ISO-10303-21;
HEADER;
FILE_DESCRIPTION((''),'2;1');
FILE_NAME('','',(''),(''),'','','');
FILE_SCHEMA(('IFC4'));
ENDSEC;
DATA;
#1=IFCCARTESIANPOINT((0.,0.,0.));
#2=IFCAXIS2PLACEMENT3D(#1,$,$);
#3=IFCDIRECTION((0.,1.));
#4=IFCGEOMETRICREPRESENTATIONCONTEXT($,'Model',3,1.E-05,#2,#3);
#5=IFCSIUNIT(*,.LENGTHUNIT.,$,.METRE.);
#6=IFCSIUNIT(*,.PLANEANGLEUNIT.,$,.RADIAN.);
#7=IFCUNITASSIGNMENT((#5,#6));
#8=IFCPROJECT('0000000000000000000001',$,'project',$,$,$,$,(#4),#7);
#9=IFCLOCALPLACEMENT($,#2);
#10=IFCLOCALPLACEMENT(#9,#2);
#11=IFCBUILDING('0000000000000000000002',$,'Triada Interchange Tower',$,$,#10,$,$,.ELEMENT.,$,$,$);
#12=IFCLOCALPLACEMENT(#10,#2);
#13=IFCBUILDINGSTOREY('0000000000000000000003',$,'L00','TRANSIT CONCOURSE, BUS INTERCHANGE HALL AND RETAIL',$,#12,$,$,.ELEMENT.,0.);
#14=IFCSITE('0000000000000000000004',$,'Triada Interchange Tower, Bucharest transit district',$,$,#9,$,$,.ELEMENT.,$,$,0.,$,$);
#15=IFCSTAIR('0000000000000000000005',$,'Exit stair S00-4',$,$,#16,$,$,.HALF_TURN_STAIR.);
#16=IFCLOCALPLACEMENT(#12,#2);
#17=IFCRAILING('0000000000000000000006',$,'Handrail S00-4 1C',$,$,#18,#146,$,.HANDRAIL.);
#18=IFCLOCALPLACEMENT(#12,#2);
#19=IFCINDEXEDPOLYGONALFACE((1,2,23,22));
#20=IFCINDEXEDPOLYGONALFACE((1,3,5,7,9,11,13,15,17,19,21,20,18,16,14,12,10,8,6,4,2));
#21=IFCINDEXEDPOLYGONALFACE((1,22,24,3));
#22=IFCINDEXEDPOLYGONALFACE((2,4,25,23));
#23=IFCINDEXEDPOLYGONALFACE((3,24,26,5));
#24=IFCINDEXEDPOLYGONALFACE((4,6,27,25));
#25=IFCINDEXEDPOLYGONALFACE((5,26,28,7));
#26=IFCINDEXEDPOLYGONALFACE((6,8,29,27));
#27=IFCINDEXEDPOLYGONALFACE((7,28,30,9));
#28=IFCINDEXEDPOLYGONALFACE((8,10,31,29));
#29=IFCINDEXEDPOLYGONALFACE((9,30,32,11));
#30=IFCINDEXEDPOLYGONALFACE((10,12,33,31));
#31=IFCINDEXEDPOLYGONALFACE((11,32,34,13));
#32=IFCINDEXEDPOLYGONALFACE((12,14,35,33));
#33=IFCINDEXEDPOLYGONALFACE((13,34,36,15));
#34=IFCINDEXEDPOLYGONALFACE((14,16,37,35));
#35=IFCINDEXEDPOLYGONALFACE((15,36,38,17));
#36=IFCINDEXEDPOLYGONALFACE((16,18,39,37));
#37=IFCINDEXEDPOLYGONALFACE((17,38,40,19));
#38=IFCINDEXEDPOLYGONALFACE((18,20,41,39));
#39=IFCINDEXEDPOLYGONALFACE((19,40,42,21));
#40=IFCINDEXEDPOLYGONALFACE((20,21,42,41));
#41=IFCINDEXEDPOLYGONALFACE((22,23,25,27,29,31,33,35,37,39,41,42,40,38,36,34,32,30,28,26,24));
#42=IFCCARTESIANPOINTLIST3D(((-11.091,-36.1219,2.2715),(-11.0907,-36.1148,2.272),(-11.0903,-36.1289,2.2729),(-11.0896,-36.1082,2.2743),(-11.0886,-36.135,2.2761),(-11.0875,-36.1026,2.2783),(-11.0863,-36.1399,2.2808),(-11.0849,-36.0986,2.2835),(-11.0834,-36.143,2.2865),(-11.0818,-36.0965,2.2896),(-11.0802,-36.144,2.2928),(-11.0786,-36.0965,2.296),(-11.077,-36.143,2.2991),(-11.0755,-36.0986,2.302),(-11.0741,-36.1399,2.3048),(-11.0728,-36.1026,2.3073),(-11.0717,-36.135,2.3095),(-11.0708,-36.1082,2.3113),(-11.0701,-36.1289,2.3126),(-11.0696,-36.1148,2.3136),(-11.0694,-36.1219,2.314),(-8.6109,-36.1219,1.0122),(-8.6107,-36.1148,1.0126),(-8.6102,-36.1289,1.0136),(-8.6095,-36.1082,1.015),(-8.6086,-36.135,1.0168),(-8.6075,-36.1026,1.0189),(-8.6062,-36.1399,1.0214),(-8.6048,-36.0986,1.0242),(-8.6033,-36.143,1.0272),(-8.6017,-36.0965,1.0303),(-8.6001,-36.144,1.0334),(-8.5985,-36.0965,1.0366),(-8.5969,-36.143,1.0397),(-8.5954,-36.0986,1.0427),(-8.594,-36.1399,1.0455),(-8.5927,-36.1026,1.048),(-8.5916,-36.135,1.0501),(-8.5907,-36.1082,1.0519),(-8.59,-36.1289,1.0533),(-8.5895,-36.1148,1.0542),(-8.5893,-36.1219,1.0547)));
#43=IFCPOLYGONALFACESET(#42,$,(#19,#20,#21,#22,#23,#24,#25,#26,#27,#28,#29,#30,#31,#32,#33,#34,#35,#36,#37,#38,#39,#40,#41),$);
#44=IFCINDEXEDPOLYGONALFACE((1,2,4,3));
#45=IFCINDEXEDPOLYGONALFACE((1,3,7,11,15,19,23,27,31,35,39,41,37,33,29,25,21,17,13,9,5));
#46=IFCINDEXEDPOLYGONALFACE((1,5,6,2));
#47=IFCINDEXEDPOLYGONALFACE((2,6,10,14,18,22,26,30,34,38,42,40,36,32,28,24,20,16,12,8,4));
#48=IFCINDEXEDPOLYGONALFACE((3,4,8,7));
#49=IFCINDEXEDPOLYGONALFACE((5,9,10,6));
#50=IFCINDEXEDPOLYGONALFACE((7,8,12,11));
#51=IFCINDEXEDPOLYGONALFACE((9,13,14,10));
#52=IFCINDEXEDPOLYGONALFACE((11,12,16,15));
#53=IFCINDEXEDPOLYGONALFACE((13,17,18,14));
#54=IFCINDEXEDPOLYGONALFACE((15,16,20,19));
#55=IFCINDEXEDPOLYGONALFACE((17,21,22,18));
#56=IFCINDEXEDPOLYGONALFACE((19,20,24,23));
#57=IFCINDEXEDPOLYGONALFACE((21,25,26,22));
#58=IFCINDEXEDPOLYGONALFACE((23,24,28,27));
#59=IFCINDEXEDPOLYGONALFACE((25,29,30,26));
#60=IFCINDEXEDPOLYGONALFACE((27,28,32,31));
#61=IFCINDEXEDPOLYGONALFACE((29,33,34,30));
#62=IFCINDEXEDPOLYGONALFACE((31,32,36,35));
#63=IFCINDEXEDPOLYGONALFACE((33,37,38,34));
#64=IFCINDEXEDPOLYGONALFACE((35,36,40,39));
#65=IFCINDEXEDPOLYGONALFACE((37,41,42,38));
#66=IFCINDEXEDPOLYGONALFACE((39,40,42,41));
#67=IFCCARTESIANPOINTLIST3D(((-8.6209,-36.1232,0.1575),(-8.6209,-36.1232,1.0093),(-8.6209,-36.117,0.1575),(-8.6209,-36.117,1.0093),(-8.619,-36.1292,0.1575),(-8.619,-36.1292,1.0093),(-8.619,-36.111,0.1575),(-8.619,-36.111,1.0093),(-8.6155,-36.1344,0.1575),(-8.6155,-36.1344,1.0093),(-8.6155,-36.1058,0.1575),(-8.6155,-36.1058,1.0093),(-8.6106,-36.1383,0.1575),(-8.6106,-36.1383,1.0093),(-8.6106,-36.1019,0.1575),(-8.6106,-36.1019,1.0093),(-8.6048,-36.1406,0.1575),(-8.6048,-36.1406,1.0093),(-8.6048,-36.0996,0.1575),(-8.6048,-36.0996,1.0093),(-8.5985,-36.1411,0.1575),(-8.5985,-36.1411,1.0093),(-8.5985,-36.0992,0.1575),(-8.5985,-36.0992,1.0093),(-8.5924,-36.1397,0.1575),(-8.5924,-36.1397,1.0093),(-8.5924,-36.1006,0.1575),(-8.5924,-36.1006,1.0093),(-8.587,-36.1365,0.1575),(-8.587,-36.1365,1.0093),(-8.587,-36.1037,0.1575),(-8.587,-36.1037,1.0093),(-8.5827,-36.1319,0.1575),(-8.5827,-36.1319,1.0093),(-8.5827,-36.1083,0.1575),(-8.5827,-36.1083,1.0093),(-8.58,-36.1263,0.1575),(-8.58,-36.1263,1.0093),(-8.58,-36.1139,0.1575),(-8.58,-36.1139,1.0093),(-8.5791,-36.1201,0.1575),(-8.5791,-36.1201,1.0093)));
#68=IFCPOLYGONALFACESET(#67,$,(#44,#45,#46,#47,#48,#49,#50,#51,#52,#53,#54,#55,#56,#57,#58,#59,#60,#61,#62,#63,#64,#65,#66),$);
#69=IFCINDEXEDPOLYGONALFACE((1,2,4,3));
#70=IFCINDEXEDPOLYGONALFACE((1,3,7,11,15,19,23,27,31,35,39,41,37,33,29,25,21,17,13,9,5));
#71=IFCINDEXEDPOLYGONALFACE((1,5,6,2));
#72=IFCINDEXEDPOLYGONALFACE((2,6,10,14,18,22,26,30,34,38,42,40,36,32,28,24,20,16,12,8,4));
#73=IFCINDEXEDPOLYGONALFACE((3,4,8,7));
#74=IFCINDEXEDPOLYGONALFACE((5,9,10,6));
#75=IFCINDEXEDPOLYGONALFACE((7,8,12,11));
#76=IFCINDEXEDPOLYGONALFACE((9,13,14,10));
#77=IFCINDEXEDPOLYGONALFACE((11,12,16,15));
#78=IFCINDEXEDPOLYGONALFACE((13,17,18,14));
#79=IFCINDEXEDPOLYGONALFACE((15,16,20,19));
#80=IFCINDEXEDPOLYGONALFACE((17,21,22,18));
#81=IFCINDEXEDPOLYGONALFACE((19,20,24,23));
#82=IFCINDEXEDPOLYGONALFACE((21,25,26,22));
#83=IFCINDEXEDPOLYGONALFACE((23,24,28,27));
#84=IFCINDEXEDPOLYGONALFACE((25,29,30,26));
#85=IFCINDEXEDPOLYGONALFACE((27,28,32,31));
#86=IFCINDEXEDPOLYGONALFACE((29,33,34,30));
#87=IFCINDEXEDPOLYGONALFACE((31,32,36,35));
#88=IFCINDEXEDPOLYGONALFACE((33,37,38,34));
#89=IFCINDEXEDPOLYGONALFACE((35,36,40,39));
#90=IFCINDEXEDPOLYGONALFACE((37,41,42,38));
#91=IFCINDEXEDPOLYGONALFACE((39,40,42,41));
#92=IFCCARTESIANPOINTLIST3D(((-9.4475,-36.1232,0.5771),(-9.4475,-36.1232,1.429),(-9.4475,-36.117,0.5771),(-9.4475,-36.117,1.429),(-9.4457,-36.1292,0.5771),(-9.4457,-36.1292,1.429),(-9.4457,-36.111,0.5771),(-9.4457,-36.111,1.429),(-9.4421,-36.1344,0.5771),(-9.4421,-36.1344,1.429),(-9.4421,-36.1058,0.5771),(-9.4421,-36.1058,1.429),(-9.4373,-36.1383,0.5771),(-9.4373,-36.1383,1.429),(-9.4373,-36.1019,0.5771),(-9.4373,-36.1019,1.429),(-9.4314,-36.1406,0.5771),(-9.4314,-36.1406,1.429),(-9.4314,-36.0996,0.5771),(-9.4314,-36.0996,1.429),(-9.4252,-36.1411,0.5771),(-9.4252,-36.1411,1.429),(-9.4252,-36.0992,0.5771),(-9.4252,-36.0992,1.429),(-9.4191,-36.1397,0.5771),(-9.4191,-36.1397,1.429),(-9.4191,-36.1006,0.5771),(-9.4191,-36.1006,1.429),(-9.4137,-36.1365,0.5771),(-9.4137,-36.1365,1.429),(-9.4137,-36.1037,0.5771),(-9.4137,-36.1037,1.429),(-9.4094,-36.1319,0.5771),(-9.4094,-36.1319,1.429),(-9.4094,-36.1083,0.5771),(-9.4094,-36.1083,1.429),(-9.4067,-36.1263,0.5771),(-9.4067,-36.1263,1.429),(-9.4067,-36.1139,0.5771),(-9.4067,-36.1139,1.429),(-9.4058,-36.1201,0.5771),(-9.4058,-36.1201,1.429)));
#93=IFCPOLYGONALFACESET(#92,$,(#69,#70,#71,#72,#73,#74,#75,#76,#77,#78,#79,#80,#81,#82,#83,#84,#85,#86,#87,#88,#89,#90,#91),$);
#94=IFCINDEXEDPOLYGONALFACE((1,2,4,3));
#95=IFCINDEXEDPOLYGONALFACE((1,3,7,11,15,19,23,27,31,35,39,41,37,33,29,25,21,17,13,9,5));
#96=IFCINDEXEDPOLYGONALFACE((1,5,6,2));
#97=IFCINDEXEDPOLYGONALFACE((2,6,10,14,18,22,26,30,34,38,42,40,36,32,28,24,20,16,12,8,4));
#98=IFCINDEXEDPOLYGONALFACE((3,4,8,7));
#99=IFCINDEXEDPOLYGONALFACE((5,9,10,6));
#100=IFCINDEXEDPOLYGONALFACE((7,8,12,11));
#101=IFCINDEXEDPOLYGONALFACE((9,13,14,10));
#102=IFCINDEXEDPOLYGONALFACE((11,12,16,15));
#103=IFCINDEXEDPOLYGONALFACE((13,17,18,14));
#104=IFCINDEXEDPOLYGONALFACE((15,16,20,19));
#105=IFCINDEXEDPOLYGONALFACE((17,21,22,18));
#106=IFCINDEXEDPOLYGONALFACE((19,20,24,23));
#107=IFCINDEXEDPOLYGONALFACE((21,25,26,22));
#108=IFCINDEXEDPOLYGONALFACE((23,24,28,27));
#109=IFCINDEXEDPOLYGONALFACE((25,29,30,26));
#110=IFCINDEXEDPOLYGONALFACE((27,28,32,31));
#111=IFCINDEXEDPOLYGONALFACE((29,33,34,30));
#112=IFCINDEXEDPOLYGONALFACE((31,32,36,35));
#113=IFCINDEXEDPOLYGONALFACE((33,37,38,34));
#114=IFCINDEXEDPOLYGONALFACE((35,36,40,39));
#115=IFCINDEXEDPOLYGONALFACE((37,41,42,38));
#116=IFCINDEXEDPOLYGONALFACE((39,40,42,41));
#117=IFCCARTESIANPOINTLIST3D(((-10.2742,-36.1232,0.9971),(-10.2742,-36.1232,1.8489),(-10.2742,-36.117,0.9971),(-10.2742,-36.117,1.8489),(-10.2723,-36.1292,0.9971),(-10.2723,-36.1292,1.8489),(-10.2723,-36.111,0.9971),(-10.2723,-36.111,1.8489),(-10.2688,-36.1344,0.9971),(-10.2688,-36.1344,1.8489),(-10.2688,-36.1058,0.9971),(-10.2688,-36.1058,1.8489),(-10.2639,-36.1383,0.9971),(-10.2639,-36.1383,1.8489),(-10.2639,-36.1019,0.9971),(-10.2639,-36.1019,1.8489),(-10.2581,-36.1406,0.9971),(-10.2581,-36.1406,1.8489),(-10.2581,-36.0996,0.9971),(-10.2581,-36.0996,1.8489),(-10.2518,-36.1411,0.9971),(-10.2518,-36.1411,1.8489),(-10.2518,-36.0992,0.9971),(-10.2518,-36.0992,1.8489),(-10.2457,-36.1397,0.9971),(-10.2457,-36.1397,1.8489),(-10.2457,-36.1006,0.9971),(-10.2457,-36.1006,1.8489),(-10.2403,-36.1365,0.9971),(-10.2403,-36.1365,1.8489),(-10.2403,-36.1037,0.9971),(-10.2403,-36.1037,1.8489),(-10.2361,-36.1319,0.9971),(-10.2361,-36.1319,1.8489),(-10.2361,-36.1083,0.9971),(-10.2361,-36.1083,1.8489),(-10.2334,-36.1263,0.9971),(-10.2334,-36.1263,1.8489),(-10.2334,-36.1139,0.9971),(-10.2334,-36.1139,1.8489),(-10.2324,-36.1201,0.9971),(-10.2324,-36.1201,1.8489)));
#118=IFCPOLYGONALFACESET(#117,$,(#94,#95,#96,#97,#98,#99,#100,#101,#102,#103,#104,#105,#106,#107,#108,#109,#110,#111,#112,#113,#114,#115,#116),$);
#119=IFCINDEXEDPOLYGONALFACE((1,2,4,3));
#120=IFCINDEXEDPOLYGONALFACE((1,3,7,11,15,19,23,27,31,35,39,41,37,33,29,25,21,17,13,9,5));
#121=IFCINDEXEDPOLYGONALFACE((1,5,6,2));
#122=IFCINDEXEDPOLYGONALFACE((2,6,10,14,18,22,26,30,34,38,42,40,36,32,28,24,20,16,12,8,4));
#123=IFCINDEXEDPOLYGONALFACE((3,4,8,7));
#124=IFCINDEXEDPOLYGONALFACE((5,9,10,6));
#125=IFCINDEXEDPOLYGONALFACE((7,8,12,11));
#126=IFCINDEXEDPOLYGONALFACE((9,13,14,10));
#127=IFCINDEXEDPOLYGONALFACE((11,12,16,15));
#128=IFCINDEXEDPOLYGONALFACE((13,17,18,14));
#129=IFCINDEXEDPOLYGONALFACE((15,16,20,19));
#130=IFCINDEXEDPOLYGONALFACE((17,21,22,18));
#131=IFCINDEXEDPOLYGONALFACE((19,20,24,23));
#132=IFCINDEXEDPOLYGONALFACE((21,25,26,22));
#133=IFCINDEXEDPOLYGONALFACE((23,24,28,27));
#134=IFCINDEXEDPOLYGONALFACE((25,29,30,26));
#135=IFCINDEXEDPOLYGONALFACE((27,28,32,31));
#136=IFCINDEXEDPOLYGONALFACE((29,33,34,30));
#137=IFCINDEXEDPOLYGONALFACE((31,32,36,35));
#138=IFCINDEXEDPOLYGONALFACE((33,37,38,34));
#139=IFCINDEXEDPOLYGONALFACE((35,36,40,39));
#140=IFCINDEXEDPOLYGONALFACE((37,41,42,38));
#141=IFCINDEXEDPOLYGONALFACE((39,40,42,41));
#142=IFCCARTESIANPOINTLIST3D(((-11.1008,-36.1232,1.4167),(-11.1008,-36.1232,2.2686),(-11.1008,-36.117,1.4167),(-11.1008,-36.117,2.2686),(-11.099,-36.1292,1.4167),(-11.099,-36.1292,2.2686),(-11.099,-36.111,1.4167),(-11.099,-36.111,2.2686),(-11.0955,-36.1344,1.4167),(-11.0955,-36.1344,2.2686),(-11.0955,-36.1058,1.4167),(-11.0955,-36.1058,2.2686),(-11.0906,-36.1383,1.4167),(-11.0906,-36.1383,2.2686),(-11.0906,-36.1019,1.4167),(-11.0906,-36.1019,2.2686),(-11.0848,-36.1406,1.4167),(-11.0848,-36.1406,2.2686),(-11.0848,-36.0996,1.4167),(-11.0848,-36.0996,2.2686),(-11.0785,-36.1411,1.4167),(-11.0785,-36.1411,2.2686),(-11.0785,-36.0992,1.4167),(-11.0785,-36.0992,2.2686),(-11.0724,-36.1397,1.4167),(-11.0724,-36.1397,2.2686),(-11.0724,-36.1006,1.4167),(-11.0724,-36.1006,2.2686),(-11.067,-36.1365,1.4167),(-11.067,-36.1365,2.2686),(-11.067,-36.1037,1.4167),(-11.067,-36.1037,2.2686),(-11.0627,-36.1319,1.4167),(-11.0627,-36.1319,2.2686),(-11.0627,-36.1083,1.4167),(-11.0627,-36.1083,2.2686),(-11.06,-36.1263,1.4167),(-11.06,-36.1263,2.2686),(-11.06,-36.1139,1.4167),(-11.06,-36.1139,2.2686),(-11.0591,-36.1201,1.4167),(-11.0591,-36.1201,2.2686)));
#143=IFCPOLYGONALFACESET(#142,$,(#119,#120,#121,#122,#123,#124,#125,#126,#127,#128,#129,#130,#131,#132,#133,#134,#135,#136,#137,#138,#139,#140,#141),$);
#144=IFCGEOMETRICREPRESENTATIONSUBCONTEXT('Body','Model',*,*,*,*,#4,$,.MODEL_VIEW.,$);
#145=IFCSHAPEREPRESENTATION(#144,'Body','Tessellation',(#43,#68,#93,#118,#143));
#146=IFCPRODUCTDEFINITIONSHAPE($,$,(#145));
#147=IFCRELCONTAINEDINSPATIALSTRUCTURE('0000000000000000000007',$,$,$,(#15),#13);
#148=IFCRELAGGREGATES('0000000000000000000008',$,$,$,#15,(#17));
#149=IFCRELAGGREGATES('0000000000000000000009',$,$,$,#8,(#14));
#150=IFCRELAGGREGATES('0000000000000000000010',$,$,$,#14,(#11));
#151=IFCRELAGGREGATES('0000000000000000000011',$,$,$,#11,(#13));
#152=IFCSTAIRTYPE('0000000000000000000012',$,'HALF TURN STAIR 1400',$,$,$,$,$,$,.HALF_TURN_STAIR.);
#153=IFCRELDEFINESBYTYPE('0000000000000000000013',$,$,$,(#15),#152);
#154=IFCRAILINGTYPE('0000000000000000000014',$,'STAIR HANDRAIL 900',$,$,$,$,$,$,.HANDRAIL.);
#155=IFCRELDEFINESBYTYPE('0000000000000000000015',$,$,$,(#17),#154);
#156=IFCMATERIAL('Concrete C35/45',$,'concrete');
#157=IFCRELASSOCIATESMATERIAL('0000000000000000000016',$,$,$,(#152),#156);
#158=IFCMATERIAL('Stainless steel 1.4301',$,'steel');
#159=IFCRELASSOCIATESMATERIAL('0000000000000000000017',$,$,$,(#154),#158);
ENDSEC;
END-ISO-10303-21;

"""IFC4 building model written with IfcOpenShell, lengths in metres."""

from ifc_helpers import new_model, si_unit, direction, frame, origin, origin_2d, place, context, subcontext, project, spatial, circle, extrude, material, type_object, element, aggregate, save


model = new_model("IFC4")

# Units and contexts
model_context = context("Model", 3, precision=1e-05, world=origin(), true_north=direction((0.0, 1.0)))
body_context = subcontext(model_context, "Body", "Model", "MODEL_VIEW")
ifc_project = project(units=[si_unit("LENGTHUNIT", "METRE"), si_unit("PLANEANGLEUNIT", "RADIAN")], contexts=[model_context])

# Site, building, storey
site_placement = place(None, origin())
site = spatial("IfcSite", under=ifc_project, at=site_placement, Name="Triada Interchange Tower, Bucharest transit district", CompositionType="ELEMENT", RefElevation=0.0)
building_placement = place(site_placement, origin())
building = spatial("IfcBuilding", under=site, at=building_placement, Name="Triada Interchange Tower", CompositionType="ELEMENT")
storey_placement = place(building_placement, origin())
storey = spatial("IfcBuildingStorey", under=building, at=storey_placement, Name="L00", Description="TRANSIT CONCOURSE, BUS INTERCHANGE HALL AND RETAIL", CompositionType="ELEMENT", Elevation=0.0)

# Shared definitions
ifc_material_1 = material(Name="Concrete C35/45", Category="concrete")

# Stair
stair_type = type_object("IfcStairType", Name="HALF TURN STAIR 1400", PredefinedType="HALF_TURN_STAIR", material=ifc_material_1)
stair_1_placement = place(storey_placement, origin())
stair_1 = element("IfcStair", 1, at=stair_1_placement, inside=storey, type_object=stair_type, Name="Exit stair S00-4", PredefinedType="HALF_TURN_STAIR")

# Railing
ifc_material_2 = material(Name="Stainless steel 1.4301", Category="steel")
railing_type_1 = type_object("IfcRailingType", Name="STAIR HANDRAIL 900", PredefinedType="HANDRAIL", material=ifc_material_2)
railing_1_placement = place(storey_placement, frame((-8.6001, -36.1201, 0.1575)))
railing_1 = element("IfcRailing", 2, at=railing_1_placement, type_object=railing_type_1, Name="Handrail S00-4 1C", PredefinedType="HANDRAIL", context=body_context, shape_type="SweptSolid", body=[
    extrude(circle(Radius=0.0239, at=origin_2d()), frame((0.0, 0.0, 0.876), z_axis=(-0.891636, 0.0, 0.452752), x_axis=(0.0, -1.0, 0.0)), (0.0, 0.0, 1.0), 2.7815),
    extrude(circle(Radius=0.021, at=origin_2d()), origin(), (0.0, 0.0, 1.0), 0.8518),
    extrude(circle(Radius=0.021, at=origin_2d()), frame((-0.8267, 0.0, 0.4197)), (0.0, 0.0, 1.0), 0.8518),
    extrude(circle(Radius=0.021, at=origin_2d()), frame((-1.6533, 0.0, 0.8396)), (0.0, 0.0, 1.0), 0.8518),
    extrude(circle(Radius=0.021, at=origin_2d()), frame((-2.48, 0.0, 1.2593)), (0.0, 0.0, 1.0), 0.8518),
])
aggregate(stair_1, [railing_1])

save(model, "model.ifc")
